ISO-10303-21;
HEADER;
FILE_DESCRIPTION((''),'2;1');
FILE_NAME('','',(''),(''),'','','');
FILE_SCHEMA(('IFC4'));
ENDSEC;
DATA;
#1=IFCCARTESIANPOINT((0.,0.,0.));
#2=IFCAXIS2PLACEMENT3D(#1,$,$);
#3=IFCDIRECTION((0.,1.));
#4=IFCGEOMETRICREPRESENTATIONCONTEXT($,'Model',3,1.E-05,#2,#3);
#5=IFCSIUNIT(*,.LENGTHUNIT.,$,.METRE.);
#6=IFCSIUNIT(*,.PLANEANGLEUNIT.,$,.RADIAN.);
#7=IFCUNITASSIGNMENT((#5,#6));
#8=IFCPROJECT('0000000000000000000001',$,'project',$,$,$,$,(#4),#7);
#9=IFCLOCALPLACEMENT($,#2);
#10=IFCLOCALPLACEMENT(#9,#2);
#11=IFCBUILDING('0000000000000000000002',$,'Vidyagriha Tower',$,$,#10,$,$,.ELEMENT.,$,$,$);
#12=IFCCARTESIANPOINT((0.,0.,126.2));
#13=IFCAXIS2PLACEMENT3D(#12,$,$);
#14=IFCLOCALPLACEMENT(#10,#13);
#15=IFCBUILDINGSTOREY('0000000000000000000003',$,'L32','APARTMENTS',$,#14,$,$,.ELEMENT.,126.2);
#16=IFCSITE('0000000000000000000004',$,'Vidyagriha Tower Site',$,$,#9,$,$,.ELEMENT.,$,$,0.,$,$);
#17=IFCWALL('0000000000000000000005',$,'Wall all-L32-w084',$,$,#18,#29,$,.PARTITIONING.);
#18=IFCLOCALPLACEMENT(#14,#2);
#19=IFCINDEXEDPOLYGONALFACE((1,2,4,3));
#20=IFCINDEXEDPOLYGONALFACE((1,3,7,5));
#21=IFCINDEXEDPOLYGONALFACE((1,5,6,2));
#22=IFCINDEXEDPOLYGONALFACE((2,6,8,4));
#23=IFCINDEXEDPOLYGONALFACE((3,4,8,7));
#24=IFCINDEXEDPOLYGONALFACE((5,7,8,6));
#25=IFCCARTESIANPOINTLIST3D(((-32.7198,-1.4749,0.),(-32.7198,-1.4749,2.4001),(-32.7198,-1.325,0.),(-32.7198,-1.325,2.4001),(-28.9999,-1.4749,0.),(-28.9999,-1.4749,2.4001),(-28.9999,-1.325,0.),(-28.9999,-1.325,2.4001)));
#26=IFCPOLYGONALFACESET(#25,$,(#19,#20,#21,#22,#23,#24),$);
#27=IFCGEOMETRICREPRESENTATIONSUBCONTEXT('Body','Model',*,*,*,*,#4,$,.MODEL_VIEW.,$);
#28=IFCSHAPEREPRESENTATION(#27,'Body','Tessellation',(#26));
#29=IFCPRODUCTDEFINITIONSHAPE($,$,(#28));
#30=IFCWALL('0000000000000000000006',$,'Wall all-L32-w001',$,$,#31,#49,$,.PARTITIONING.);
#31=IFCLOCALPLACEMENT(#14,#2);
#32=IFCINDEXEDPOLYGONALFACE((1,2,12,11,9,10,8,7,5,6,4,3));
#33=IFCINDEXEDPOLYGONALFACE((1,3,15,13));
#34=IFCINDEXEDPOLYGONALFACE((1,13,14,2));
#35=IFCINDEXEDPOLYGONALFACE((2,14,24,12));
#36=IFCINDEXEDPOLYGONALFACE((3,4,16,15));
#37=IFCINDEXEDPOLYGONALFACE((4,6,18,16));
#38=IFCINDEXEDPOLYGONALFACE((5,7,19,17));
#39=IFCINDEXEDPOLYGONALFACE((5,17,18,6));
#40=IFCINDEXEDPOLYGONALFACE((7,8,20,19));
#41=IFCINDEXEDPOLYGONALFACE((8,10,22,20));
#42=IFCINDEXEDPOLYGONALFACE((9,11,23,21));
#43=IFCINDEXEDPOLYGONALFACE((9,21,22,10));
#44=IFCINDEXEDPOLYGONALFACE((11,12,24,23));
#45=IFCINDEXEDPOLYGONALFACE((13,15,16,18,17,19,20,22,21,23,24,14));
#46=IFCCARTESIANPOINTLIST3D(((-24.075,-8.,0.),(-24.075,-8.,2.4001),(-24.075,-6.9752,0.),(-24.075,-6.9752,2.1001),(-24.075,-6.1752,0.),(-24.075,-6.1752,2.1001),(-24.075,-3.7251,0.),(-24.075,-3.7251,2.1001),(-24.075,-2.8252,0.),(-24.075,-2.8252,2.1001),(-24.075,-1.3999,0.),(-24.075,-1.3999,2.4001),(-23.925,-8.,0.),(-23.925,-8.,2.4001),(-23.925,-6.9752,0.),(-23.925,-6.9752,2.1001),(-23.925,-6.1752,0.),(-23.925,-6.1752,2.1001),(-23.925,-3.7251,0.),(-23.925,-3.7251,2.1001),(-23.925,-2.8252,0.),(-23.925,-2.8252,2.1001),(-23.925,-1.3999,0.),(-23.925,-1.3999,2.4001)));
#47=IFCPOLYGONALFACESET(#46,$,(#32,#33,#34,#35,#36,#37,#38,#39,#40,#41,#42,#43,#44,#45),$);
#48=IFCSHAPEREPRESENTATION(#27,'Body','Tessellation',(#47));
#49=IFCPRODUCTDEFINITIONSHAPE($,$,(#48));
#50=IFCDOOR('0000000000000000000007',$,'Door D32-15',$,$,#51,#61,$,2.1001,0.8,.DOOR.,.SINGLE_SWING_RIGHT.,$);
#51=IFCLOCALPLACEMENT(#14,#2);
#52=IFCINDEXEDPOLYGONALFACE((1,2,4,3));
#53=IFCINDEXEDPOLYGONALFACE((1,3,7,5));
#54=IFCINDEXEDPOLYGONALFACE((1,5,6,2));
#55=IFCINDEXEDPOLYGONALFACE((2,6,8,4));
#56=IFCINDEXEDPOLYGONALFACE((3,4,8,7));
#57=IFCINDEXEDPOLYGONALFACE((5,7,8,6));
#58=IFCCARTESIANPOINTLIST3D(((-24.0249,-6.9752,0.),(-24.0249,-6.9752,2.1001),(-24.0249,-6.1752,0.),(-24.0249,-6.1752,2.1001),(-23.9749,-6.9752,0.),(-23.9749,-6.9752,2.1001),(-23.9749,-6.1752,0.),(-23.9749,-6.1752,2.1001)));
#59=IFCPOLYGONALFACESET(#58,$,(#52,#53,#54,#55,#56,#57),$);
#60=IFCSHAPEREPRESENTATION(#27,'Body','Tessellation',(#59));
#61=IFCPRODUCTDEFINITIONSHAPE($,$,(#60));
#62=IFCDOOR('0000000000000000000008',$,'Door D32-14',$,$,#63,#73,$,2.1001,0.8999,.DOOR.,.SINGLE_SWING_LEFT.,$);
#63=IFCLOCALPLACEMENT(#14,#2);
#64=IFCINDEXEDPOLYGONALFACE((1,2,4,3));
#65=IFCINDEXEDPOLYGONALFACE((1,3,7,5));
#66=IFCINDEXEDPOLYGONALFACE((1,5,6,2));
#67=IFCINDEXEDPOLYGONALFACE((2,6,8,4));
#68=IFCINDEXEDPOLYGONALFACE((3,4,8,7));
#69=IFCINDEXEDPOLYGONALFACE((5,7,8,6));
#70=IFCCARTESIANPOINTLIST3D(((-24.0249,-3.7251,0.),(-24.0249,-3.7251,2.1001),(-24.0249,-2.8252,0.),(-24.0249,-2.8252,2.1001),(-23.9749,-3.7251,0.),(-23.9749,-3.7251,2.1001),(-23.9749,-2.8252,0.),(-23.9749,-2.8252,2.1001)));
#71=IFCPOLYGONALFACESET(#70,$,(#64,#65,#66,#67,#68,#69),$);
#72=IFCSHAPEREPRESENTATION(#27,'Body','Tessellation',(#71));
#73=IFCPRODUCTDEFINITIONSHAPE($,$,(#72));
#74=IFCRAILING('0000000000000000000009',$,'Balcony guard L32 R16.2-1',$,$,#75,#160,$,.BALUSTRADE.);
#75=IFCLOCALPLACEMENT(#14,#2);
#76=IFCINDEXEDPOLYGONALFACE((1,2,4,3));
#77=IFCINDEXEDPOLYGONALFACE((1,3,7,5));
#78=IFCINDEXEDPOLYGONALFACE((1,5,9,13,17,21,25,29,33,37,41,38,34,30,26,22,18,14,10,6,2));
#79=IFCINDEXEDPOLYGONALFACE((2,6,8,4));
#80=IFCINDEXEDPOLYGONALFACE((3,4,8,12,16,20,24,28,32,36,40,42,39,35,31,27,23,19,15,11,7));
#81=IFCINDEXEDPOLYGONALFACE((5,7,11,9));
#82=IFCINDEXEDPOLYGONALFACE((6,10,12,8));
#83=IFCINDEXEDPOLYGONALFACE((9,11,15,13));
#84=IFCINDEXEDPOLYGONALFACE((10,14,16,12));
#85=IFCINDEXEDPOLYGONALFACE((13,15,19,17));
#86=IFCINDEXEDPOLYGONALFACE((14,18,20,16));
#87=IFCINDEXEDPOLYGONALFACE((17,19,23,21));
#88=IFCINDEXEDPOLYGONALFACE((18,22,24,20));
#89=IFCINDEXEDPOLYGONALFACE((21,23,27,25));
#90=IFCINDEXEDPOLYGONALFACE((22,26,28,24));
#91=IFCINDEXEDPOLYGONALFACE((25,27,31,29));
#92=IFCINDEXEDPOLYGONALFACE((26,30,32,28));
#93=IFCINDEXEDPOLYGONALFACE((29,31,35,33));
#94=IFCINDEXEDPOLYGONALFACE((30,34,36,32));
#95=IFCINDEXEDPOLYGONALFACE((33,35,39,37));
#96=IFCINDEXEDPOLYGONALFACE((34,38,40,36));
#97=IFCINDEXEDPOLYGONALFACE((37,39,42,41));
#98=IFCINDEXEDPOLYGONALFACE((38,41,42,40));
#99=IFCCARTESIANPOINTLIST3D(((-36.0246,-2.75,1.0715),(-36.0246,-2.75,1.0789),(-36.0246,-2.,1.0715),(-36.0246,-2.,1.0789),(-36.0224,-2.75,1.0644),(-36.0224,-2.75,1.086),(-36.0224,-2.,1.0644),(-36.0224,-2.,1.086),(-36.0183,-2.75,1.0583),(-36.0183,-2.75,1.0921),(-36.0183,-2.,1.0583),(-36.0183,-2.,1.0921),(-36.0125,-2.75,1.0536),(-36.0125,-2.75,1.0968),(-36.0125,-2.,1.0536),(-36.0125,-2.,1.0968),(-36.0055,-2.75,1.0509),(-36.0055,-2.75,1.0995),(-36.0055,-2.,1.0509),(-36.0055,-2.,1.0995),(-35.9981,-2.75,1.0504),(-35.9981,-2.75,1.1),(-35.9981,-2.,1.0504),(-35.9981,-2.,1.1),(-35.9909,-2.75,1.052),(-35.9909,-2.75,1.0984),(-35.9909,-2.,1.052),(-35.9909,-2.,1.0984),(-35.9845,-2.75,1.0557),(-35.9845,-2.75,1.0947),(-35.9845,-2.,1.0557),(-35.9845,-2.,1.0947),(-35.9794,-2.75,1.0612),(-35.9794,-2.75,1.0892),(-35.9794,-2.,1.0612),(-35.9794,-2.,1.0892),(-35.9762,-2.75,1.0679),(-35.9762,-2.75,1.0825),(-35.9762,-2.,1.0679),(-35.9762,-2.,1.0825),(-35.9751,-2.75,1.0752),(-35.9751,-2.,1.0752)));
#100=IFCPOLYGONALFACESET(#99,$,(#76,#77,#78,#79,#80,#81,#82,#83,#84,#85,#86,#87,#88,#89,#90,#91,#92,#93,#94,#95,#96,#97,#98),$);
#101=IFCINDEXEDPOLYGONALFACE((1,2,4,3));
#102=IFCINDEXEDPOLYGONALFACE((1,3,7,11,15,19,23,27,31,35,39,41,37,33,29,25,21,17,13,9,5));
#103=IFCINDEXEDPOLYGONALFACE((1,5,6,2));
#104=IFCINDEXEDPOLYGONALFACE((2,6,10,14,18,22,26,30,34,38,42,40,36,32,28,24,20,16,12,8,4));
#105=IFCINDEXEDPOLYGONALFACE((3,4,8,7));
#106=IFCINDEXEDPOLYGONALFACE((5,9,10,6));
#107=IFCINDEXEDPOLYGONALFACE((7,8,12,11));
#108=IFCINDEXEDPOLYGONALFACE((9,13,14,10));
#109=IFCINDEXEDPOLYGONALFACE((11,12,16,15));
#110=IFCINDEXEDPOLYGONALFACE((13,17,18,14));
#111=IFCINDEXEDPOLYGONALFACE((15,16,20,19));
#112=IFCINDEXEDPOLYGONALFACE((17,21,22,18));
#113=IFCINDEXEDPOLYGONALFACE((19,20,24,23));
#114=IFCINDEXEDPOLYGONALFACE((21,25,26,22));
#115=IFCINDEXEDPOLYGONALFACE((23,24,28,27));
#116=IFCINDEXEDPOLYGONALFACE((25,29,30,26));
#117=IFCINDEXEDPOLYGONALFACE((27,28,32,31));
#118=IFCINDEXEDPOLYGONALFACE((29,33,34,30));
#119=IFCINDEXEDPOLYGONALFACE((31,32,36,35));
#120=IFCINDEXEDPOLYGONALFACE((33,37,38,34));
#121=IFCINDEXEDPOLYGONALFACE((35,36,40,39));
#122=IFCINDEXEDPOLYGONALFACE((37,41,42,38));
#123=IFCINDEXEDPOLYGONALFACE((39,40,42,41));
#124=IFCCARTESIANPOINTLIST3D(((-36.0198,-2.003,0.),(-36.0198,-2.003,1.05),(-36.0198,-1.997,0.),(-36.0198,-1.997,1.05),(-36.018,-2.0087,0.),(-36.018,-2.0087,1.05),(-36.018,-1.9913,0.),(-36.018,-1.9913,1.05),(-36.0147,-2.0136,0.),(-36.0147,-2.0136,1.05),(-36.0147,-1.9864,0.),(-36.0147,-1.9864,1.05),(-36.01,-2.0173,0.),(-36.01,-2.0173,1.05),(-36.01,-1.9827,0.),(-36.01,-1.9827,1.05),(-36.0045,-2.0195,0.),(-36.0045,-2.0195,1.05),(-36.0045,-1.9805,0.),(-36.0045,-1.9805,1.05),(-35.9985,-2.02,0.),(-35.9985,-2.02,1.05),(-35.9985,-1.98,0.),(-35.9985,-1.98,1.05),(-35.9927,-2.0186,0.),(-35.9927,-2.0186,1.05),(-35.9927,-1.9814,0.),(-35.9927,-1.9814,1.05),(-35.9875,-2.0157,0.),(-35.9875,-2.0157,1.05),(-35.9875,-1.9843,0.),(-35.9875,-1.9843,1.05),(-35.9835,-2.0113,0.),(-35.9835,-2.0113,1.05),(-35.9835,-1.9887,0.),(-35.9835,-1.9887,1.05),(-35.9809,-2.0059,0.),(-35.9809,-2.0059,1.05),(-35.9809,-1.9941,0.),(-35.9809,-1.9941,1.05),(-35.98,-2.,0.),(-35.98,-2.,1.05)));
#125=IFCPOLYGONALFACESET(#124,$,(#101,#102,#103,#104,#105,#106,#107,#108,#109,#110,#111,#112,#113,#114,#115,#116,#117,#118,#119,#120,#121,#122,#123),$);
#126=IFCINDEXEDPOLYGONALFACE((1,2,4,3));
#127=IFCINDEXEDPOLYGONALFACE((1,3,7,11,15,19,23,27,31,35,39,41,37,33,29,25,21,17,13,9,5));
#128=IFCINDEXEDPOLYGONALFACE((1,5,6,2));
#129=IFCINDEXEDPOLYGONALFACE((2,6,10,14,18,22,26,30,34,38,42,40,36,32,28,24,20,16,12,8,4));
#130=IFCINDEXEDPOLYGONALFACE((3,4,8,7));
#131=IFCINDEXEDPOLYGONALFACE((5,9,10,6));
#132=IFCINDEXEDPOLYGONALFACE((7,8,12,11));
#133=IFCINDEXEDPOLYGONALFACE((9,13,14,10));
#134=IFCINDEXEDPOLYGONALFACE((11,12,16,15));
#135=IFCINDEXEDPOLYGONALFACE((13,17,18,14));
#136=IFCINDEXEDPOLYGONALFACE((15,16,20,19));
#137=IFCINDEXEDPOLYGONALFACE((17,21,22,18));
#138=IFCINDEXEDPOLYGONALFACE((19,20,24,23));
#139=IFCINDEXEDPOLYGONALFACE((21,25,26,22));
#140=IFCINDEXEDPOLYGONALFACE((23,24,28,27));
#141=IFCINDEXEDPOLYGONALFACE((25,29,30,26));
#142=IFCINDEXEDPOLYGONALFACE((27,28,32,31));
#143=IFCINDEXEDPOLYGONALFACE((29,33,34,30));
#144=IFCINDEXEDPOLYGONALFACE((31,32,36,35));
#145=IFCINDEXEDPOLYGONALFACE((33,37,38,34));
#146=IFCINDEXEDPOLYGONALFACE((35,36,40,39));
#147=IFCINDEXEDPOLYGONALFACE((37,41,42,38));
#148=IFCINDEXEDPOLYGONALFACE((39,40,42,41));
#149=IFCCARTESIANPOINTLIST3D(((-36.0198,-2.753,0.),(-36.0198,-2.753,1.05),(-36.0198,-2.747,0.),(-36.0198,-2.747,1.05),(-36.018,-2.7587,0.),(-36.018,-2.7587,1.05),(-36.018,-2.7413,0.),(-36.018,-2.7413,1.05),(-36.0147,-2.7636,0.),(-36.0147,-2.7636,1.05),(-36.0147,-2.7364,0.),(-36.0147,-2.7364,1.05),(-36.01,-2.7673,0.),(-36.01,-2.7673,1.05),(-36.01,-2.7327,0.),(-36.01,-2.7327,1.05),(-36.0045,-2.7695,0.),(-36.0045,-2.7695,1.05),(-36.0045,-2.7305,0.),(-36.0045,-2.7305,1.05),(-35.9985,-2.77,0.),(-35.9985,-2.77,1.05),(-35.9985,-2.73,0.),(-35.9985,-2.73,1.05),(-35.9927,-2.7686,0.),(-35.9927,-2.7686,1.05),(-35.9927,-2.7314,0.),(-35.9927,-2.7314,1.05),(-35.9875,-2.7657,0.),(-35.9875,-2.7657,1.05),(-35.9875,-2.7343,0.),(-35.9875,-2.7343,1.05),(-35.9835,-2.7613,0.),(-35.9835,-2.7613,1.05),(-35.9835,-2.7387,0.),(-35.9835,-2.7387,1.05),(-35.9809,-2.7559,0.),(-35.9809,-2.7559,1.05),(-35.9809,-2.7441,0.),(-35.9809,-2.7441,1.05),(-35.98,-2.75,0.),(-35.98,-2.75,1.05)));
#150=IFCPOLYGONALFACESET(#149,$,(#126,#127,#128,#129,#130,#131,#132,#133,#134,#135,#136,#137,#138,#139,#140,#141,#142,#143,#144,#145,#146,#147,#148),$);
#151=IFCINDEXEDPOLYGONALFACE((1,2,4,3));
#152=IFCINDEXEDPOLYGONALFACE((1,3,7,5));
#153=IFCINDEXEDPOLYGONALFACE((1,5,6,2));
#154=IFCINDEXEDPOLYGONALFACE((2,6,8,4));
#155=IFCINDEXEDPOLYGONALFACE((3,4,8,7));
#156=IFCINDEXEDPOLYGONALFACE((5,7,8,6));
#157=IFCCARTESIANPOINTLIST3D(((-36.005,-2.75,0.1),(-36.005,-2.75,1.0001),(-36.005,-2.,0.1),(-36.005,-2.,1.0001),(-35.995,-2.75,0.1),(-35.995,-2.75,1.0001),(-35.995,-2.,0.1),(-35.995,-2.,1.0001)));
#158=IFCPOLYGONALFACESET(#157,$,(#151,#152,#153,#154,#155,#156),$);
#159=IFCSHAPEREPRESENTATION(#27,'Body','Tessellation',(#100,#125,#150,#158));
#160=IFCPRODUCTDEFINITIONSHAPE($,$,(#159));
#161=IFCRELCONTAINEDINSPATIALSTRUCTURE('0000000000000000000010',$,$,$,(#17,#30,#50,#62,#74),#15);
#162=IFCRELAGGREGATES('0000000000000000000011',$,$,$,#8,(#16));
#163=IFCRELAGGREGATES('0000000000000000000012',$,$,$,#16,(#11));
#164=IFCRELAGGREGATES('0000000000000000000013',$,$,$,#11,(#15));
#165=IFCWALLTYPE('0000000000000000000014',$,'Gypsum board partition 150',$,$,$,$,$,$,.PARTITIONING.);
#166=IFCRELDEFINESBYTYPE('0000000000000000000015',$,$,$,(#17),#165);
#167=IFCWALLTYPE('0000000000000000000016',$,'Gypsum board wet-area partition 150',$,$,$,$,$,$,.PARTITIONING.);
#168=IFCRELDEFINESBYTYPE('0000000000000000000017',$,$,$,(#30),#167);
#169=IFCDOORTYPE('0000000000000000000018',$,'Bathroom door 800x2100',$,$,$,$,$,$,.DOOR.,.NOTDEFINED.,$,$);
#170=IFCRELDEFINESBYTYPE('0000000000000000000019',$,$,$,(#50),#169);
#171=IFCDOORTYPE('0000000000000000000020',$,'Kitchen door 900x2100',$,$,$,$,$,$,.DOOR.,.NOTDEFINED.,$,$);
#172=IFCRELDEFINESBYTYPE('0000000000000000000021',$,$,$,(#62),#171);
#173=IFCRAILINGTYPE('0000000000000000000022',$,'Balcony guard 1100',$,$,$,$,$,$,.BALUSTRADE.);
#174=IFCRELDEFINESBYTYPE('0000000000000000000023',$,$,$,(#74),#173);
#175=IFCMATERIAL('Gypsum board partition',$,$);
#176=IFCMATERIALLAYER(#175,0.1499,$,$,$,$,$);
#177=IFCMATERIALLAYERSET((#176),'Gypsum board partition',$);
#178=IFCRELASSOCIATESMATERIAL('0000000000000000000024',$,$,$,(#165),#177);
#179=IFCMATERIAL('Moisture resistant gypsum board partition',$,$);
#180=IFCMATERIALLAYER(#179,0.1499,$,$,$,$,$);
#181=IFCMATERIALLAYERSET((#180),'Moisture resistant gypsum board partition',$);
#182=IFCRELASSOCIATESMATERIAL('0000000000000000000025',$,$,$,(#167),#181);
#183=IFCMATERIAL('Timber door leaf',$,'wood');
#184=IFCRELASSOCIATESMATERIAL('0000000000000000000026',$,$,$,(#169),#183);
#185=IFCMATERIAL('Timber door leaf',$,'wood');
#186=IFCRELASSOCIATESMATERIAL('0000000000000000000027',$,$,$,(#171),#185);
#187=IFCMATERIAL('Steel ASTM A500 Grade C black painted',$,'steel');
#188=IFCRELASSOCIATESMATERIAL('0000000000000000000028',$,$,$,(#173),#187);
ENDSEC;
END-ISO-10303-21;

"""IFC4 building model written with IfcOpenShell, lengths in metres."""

from ifc_helpers import new_model, si_unit, direction, frame, frame_2d, origin, origin_2d, place, context, subcontext, project, spatial, rectangle, circle, extrude, material, layer, layer_set, type_object, element, fill, save


model = new_model("IFC4")

# Units and contexts
model_context = context("Model", 3, precision=1e-05, world=origin(), true_north=direction((0.0, 1.0)))
body_context = subcontext(model_context, "Body", "Model", "MODEL_VIEW")
ifc_project = project(units=[si_unit("LENGTHUNIT", "METRE"), si_unit("PLANEANGLEUNIT", "RADIAN")], contexts=[model_context])

# Site, building, storey
site_placement = place(None, origin())
site = spatial("IfcSite", under=ifc_project, at=site_placement, Name="Vidyagriha Tower Site", CompositionType="ELEMENT", RefElevation=0.0)
building_placement = place(site_placement, origin())
building = spatial("IfcBuilding", under=site, at=building_placement, Name="Vidyagriha Tower", CompositionType="ELEMENT")
storey_placement = place(building_placement, frame((0.0, 0.0, 126.2)))
storey = spatial("IfcBuildingStorey", under=building, at=storey_placement, Name="L32", Description="APARTMENTS", CompositionType="ELEMENT", Elevation=126.2)

# Shared definitions
ifc_material_1 = material(Name="Gypsum board partition")
ifc_layer_1 = layer(ifc_material_1, 0.1499)
ifc_layer_set_1 = layer_set([ifc_layer_1], Name="Gypsum board partition")
wall_type_1 = type_object("IfcWallType", Name="Gypsum board partition 150", PredefinedType="PARTITIONING", material=ifc_layer_set_1)

# Wall
wall_1_placement = place(storey_placement, frame((-29.0, -1.3999, 0.0), z_axis=(0.0, 0.0, 1.0), x_axis=(-1.0, 0.0, 0.0)))
element("IfcWall", 1, at=wall_1_placement, inside=storey, type_object=wall_type_1, Name="Wall all-L32-w084", PredefinedType="PARTITIONING", context=body_context, shape_type="SweptSolid", body=[
    extrude(rectangle(XDim=3.72, YDim=0.1499, at=frame_2d((1.8599, 0.0))), origin(), (0.0, 0.0, 1.0), 2.4001),
])

# Wall, openings, doors
ifc_material_2 = material(Name="Moisture resistant gypsum board partition")
ifc_layer_2 = layer(ifc_material_2, 0.1499)
ifc_layer_set_2 = layer_set([ifc_layer_2], Name="Moisture resistant gypsum board partition")
wall_type_2 = type_object("IfcWallType", Name="Gypsum board wet-area partition 150", PredefinedType="PARTITIONING", material=ifc_layer_set_2)
wall_2_placement = place(storey_placement, frame((-24.0, -8.0, 0.0), z_axis=(0.0, 0.0, 1.0), x_axis=(0.0, 1.0, 0.0)))
wall_2 = element("IfcWall", 2, at=wall_2_placement, inside=storey, type_object=wall_type_2, Name="Wall all-L32-w001", PredefinedType="PARTITIONING", context=body_context, shape_type="SweptSolid", body=[
    extrude(rectangle(XDim=6.6001, YDim=0.1499, at=frame_2d((3.3, 0.0))), origin(), (0.0, 0.0, 1.0), 2.4001),
])
opening_1_placement = place(wall_2_placement, frame((4.2749, 0.0, 0.0)))
opening_1 = element("IfcOpeningElement", 3, at=opening_1_placement, cuts=wall_2, PredefinedType="OPENING", context=body_context, shape_type="SweptSolid", body=[
    extrude(rectangle(XDim=0.8999, YDim=2.1001, at=frame_2d((0.45, 1.05))), frame((0.0, 0.085, 0.0), z_axis=(0.0, -1.0, 0.0), x_axis=(1.0, 0.0, 0.0)), (0.0, 0.0, 1.0), 0.1699),
])
opening_2_placement = place(wall_2_placement, frame((1.0249, 0.0, 0.0)))
opening_2 = element("IfcOpeningElement", 4, at=opening_2_placement, cuts=wall_2, PredefinedType="OPENING", context=body_context, shape_type="SweptSolid", body=[
    extrude(rectangle(XDim=0.8, YDim=2.1001, at=frame_2d((0.3999, 1.05))), frame((0.0, 0.085, 0.0), z_axis=(0.0, -1.0, 0.0), x_axis=(1.0, 0.0, 0.0)), (0.0, 0.0, 1.0), 0.1699),
])
ifc_material_3 = material(Name="Timber door leaf", Category="wood")
door_type_1 = type_object("IfcDoorType", Name="Bathroom door 800x2100", OperationType="NOTDEFINED", PredefinedType="DOOR", material=ifc_material_3)
door_1_placement = place(opening_2_placement, origin())
door_1 = element("IfcDoor", 5, at=door_1_placement, inside=storey, type_object=door_type_1, Name="Door D32-15", OperationType="SINGLE_SWING_RIGHT", OverallHeight=2.1001, OverallWidth=0.8, PredefinedType="DOOR", context=body_context, shape_type="SweptSolid", body=[
    extrude(rectangle(XDim=0.8, YDim=2.1001, at=frame_2d((0.3999, 1.05))), frame((0.0, 0.0249, 0.0), z_axis=(0.0, -1.0, 0.0), x_axis=(1.0, 0.0, 0.0)), (0.0, 0.0, 1.0), 0.05),
])
fill(opening_2, door_1)
ifc_material_4 = material(Name="Timber door leaf", Category="wood")
door_type_2 = type_object("IfcDoorType", Name="Kitchen door 900x2100", OperationType="NOTDEFINED", PredefinedType="DOOR", material=ifc_material_4)
door_2_placement = place(opening_1_placement, origin())
door_2 = element("IfcDoor", 6, at=door_2_placement, inside=storey, type_object=door_type_2, Name="Door D32-14", OperationType="SINGLE_SWING_LEFT", OverallHeight=2.1001, OverallWidth=0.8999, PredefinedType="DOOR", context=body_context, shape_type="SweptSolid", body=[
    extrude(rectangle(XDim=0.8999, YDim=2.1001, at=frame_2d((0.45, 1.05))), frame((0.0, 0.0249, 0.0), z_axis=(0.0, -1.0, 0.0), x_axis=(1.0, 0.0, 0.0)), (0.0, 0.0, 1.0), 0.05),
])
fill(opening_1, door_2)

# Railing
ifc_material_5 = material(Name="Steel ASTM A500 Grade C black painted", Category="steel")
railing_type_1 = type_object("IfcRailingType", Name="Balcony guard 1100", PredefinedType="BALUSTRADE", material=ifc_material_5)
railing_1_placement = place(storey_placement, frame((-36.0, -2.0, 0.0)))
element("IfcRailing", 7, at=railing_1_placement, inside=storey, type_object=railing_type_1, Name="Balcony guard L32 R16.2-1", PredefinedType="BALUSTRADE", context=body_context, shape_type="SweptSolid", body=[
    extrude(circle(Radius=0.0249, at=origin_2d()), frame((0.0, 0.0, 1.0752), z_axis=(0.0, -1.0, 0.0), x_axis=(1.0, 0.0, 0.0)), (0.0, 0.0, 1.0), 0.75),
    extrude(circle(Radius=0.02, at=origin_2d()), origin(), (0.0, 0.0, 1.0), 1.05),
    extrude(circle(Radius=0.02, at=origin_2d()), frame((0.0, -0.75, 0.0)), (0.0, 0.0, 1.0), 1.05),
    extrude(rectangle(XDim=0.01, YDim=0.9001, at=origin_2d()), frame((0.0, 0.0, 0.55), z_axis=(0.0, -1.0, 0.0), x_axis=(1.0, 0.0, 0.0)), (0.0, 0.0, 1.0), 0.75),
])

save(model, "model.ifc")
